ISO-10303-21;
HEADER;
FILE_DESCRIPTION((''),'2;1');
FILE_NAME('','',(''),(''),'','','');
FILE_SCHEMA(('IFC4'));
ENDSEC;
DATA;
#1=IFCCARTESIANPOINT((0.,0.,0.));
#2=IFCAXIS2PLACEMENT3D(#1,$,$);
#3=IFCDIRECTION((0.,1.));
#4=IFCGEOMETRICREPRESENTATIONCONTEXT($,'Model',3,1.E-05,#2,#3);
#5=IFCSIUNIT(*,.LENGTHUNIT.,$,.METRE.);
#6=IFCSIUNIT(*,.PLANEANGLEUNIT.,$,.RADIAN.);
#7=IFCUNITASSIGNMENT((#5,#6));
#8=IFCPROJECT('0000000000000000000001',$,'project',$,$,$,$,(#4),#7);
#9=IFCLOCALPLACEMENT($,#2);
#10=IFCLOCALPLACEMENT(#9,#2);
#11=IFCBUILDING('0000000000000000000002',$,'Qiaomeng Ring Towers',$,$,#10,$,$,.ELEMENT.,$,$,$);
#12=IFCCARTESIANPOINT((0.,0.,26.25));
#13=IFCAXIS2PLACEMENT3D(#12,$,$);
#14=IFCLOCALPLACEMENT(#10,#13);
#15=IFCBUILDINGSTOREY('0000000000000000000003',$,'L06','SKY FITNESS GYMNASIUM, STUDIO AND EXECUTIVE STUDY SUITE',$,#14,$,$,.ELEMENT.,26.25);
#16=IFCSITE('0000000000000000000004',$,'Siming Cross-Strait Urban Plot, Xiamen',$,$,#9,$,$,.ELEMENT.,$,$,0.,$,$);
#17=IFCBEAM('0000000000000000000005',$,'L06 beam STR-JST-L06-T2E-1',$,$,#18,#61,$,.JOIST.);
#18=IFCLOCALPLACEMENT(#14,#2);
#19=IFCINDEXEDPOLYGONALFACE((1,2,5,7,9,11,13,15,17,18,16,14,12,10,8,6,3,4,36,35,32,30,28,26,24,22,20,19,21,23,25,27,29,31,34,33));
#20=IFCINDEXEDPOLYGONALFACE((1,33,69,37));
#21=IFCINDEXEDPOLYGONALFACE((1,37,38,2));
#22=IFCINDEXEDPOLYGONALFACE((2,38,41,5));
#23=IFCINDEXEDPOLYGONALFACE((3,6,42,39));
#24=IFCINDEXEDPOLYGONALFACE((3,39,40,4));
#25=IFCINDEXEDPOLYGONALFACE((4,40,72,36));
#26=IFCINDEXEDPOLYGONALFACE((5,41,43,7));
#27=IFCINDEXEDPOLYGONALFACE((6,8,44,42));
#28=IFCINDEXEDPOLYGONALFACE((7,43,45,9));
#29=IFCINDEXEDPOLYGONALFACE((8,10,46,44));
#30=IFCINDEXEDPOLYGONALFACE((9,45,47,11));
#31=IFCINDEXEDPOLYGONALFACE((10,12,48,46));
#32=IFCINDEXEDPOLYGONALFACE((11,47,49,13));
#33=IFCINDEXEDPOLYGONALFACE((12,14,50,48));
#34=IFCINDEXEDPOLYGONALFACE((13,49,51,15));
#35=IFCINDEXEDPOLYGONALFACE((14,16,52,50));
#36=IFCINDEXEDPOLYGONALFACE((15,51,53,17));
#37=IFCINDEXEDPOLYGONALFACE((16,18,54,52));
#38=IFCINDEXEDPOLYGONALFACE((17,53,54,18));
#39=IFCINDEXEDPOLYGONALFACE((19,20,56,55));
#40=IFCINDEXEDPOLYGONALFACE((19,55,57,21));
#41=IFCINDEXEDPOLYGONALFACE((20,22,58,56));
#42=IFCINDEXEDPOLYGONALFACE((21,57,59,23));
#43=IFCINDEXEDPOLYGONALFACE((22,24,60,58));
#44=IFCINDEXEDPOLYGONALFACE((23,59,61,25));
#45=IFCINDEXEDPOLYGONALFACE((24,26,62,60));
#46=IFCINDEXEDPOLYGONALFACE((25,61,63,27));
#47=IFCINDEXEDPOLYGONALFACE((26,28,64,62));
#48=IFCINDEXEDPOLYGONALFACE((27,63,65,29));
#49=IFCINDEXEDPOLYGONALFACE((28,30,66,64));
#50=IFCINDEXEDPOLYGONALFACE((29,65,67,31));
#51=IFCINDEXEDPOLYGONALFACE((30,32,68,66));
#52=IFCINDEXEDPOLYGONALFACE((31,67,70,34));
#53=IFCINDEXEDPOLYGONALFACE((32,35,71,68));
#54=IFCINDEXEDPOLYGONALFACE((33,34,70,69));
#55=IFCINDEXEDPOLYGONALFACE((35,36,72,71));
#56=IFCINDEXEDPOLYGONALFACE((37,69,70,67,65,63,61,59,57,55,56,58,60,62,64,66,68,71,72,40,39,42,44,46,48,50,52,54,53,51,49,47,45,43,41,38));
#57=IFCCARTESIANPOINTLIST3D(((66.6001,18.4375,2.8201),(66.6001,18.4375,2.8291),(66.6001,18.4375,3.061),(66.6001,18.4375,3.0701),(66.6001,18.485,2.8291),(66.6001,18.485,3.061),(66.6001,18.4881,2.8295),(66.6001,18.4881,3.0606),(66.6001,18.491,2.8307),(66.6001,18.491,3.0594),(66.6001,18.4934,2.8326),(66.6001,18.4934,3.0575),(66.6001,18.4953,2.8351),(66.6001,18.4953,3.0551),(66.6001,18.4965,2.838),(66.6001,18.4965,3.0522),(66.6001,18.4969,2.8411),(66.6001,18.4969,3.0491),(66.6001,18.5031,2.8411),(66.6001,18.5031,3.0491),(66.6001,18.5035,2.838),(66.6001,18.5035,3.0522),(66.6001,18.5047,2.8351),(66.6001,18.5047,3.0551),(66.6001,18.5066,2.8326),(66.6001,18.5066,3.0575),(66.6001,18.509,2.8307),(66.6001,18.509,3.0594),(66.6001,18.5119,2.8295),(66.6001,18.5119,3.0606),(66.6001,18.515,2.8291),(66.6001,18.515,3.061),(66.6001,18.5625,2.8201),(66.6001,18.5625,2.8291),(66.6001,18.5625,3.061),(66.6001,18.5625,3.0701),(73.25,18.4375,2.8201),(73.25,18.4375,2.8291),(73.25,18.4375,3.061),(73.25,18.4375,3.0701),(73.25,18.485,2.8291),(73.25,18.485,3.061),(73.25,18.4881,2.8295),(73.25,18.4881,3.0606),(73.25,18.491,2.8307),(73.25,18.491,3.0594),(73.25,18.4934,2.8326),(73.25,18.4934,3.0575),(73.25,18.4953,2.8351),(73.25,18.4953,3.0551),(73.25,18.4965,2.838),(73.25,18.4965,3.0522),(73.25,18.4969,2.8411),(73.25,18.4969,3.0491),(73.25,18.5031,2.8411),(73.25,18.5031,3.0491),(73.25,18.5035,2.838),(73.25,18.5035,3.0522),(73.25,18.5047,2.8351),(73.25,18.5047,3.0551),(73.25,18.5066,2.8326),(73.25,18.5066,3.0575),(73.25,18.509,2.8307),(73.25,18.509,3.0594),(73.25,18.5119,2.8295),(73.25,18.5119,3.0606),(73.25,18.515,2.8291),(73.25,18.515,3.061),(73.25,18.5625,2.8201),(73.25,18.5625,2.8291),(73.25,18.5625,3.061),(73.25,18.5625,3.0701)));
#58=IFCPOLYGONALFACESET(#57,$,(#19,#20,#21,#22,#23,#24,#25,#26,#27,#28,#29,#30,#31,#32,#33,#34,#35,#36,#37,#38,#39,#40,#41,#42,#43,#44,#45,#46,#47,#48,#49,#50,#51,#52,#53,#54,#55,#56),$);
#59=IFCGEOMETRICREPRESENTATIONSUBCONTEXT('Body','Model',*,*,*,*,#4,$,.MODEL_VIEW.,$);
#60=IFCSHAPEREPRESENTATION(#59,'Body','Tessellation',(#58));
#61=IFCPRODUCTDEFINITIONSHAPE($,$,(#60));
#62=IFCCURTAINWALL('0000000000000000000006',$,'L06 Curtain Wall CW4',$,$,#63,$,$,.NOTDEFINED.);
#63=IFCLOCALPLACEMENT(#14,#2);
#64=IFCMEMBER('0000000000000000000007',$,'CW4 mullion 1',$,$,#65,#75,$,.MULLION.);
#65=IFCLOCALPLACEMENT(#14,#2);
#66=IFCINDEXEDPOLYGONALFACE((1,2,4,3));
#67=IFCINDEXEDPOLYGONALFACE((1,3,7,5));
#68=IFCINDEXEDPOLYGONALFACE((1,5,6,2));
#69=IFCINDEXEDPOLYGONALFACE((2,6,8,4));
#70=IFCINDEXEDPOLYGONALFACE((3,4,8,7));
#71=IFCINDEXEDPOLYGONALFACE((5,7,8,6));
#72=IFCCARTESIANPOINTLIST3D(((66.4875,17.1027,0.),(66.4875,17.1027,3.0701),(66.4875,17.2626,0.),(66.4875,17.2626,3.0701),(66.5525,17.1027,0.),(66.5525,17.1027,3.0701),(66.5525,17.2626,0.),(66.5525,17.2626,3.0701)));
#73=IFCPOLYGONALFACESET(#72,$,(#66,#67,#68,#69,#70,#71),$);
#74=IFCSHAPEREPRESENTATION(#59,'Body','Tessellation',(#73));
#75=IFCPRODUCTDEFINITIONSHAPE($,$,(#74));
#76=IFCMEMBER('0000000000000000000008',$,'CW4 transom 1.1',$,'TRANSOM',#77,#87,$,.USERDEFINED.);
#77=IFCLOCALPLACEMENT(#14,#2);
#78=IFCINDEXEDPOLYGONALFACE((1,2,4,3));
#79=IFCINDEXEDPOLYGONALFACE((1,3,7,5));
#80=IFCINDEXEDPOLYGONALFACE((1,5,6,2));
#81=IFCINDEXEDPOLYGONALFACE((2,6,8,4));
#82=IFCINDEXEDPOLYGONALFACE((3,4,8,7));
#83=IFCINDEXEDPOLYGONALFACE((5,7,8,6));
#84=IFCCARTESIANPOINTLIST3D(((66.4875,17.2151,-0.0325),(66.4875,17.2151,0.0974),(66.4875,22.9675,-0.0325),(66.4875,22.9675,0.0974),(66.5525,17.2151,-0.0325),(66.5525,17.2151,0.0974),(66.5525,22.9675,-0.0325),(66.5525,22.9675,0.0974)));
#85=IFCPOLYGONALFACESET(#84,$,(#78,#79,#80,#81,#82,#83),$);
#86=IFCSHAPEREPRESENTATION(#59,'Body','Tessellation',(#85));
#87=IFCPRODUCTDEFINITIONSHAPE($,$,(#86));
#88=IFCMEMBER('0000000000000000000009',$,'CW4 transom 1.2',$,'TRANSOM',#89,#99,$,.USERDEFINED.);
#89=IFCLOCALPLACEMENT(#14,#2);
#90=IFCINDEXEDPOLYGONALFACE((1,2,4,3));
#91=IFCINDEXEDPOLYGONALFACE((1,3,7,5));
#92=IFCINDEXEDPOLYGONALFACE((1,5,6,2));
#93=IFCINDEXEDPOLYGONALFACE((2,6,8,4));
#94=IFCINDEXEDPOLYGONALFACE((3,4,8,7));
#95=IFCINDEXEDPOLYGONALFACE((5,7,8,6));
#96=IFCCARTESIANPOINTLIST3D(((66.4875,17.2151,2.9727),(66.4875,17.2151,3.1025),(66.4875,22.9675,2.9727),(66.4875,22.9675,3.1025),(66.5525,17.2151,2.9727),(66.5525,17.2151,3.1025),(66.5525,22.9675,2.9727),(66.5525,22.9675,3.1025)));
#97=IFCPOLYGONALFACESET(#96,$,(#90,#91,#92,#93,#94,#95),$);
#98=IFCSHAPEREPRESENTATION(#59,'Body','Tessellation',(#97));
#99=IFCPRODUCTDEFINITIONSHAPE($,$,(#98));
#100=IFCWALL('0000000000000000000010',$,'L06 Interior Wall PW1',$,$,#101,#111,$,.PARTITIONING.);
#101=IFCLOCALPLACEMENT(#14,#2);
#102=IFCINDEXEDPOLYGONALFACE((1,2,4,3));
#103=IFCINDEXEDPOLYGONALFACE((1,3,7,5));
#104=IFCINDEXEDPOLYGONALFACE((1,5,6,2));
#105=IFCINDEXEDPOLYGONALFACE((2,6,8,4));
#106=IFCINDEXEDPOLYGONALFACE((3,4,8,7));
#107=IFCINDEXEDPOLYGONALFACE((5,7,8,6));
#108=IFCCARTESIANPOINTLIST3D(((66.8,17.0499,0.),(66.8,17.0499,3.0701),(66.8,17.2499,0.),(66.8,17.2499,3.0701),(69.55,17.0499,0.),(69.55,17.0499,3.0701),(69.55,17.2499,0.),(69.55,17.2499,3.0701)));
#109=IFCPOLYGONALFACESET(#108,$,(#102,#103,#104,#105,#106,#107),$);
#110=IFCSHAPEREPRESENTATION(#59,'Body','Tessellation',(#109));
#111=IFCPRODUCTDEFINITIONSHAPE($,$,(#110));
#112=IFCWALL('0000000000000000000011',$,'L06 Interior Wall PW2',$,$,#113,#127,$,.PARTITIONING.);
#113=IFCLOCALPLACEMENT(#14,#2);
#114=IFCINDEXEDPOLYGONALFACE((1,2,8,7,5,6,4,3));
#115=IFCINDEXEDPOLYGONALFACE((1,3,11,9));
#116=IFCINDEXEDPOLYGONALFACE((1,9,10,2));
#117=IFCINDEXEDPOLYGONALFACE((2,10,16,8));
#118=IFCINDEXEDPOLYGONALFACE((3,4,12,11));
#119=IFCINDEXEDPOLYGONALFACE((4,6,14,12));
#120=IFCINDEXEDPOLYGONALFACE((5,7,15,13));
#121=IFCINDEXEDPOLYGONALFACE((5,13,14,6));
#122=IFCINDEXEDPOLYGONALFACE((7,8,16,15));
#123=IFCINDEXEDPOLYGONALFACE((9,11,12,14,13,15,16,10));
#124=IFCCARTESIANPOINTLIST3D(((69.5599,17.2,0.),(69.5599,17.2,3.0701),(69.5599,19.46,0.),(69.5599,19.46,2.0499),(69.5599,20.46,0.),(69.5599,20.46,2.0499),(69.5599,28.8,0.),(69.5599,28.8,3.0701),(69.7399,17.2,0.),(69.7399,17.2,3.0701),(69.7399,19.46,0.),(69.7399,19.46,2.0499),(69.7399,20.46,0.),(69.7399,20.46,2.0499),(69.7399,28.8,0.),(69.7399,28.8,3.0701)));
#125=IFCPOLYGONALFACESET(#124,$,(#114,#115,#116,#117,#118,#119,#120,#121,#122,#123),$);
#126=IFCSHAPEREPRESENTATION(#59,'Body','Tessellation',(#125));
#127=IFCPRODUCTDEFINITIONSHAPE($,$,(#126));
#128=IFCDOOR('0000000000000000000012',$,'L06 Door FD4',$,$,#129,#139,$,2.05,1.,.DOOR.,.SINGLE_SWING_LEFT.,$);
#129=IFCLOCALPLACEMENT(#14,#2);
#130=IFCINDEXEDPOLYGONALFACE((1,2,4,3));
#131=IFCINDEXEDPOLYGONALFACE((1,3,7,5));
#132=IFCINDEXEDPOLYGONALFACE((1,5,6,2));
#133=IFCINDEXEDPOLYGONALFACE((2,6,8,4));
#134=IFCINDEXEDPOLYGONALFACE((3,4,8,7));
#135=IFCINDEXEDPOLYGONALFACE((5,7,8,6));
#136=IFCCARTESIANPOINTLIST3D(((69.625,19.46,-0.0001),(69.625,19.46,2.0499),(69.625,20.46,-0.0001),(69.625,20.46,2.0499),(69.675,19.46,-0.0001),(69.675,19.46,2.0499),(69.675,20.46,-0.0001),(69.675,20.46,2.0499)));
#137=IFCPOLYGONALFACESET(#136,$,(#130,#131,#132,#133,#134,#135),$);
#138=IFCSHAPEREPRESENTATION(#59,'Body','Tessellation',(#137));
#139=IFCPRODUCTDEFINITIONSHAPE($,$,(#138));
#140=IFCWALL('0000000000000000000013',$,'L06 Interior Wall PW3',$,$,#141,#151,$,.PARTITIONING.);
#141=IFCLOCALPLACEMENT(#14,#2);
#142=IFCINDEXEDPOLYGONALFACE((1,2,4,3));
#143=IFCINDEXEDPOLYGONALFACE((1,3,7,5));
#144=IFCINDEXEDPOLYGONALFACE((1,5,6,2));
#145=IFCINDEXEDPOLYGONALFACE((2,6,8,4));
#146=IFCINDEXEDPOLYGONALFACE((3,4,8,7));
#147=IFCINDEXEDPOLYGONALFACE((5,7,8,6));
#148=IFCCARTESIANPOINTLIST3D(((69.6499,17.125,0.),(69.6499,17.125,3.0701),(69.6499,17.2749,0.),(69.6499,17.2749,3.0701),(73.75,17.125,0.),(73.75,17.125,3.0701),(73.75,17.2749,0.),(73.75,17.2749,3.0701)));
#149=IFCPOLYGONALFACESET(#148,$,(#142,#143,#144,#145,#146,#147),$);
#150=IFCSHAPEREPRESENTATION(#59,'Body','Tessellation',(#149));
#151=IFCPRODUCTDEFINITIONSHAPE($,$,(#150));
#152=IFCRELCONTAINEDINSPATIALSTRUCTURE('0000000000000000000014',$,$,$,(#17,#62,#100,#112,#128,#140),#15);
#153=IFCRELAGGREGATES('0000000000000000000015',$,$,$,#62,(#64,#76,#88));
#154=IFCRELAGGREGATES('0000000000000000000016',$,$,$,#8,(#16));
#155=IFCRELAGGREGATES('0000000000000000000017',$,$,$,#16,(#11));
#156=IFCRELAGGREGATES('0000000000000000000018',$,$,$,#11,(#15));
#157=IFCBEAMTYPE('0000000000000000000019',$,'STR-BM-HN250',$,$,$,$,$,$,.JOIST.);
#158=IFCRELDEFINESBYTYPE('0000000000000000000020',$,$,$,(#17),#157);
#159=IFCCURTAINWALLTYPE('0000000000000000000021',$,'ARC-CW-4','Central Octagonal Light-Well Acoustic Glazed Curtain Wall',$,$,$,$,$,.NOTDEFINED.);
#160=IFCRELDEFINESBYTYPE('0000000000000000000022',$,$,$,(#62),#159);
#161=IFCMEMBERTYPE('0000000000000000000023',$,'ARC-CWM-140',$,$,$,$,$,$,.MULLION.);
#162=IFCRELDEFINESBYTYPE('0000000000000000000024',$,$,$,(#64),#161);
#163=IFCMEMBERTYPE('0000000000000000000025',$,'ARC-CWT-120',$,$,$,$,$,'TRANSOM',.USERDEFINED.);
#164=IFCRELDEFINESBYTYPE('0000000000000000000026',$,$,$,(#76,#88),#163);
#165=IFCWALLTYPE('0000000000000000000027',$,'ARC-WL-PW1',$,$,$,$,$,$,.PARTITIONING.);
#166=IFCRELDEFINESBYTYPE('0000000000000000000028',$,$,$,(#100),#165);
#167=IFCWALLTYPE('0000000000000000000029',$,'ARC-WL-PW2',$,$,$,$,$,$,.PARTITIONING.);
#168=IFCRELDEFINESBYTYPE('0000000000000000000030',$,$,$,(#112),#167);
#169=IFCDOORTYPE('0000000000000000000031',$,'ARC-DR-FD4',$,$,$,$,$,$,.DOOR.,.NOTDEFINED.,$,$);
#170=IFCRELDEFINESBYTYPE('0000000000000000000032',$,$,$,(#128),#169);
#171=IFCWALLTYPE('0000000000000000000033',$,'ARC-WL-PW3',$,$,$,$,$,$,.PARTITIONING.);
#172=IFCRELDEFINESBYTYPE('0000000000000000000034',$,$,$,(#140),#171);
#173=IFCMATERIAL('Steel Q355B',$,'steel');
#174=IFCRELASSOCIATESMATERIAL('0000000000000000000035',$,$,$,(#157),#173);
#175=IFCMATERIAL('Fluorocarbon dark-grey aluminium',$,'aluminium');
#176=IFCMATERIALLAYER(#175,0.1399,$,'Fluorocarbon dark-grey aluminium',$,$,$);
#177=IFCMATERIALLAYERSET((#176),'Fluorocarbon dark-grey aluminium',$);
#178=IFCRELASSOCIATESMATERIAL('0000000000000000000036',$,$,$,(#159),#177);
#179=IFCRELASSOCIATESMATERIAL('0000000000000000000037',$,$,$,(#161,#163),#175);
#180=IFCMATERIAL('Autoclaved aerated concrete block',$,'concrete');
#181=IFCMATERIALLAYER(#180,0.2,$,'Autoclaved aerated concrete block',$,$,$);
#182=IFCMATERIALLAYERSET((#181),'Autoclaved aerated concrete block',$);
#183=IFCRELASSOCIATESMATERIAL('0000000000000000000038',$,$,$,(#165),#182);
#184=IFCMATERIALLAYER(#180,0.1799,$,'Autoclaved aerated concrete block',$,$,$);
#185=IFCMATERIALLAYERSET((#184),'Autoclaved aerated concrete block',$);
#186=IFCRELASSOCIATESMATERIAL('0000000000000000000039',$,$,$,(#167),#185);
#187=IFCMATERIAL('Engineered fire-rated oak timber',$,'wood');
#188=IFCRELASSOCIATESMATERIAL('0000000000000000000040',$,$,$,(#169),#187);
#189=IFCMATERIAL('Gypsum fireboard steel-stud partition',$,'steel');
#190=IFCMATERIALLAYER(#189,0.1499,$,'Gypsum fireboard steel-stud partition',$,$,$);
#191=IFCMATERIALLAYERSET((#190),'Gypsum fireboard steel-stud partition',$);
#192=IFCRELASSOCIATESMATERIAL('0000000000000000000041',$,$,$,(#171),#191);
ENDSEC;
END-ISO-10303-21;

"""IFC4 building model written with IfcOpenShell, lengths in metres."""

from ifc_helpers import new_model, si_unit, direction, frame, frame_2d, origin, origin_2d, place, context, subcontext, project, spatial, rectangle, i_section, extrude, source, transform, mapped, material, layer, layer_set, material_profile, profile_set, type_object, element, fill, aggregate, save


model = new_model("IFC4")

# Units and contexts
model_context = context("Model", 3, precision=1e-05, world=origin(), true_north=direction((0.0, 1.0)))
body_context = subcontext(model_context, "Body", "Model", "MODEL_VIEW")
ifc_project = project(units=[si_unit("LENGTHUNIT", "METRE"), si_unit("PLANEANGLEUNIT", "RADIAN")], contexts=[model_context])

# Site, building, storey
site_placement = place(None, origin())
site = spatial("IfcSite", under=ifc_project, at=site_placement, Name="Siming Cross-Strait Urban Plot, Xiamen", CompositionType="ELEMENT", RefElevation=0.0)
building_placement = place(site_placement, origin())
building = spatial("IfcBuilding", under=site, at=building_placement, Name="Qiaomeng Ring Towers", CompositionType="ELEMENT")
storey_placement = place(building_placement, frame((0.0, 0.0, 26.25)))
storey = spatial("IfcBuildingStorey", under=building, at=storey_placement, Name="L06", Description="SKY FITNESS GYMNASIUM, STUDIO AND EXECUTIVE STUDY SUITE", CompositionType="ELEMENT", Elevation=26.25)

# Beam
ifc_material_1 = material(Name="Steel Q355B", Category="steel")
ifc_material_profile_1 = material_profile(ifc_material_1, i_section(OverallWidth=0.125, OverallDepth=0.25, WebThickness=0.0061, FlangeThickness=0.009, FilletRadius=0.012, at=origin_2d()), Name="HN 250x125x6x9")
ifc_profile_set_1 = profile_set([ifc_material_profile_1], Name="Steel Q355B")
beam_type_1 = type_object("IfcBeamType", Name="STR-BM-HN250", PredefinedType="JOIST", material=ifc_profile_set_1)
shared_shape_1 = source(origin(), body_context, "Body", "SweptSolid", [
    extrude(i_section(OverallWidth=0.125, OverallDepth=0.25, WebThickness=0.0061, FlangeThickness=0.009, FilletRadius=0.012, at=origin_2d()), origin(), (0.0, 0.0, 1.0), 6.6499),
])
beam_1_placement = place(storey_placement, frame((66.6001, 18.5, 2.9451), z_axis=(1.0, 0.0, 0.0), x_axis=(0.0, 1.0, 0.0)))
element("IfcBeam", 1, at=beam_1_placement, inside=storey, type_object=beam_type_1, Name="L06 beam STR-JST-L06-T2E-1", PredefinedType="JOIST", context=body_context, shape_type="MappedRepresentation", body=[
    mapped(shared_shape_1, transform((0.0, 0.0, 0.0), x_axis=(1.0, 0.0, 0.0), y_axis=(0.0, 1.0, 0.0), z_axis=(0.0, 0.0, 1.0), scale=1.0)),
])

# Curtain wall, members
ifc_material_2 = material(Name="Fluorocarbon dark-grey aluminium", Category="aluminium")
ifc_layer_1 = layer(ifc_material_2, 0.1399, Name="Fluorocarbon dark-grey aluminium")
ifc_layer_set_1 = layer_set([ifc_layer_1], Name="Fluorocarbon dark-grey aluminium")
curtain_wall_type = type_object("IfcCurtainWallType", Name="ARC-CW-4", Description="Central Octagonal Light-Well Acoustic Glazed Curtain Wall", PredefinedType="NOTDEFINED", material=ifc_layer_set_1)
curtain_wall_placement = place(storey_placement, origin())
curtain_wall = element("IfcCurtainWall", 2, at=curtain_wall_placement, inside=storey, type_object=curtain_wall_type, Name="L06 Curtain Wall CW4", PredefinedType="NOTDEFINED")
ifc_material_profile_2 = material_profile(ifc_material_2, rectangle(XDim=0.0649, YDim=0.1599, at=origin_2d()), Name="ALU MULL 65x160")
ifc_profile_set_2 = profile_set([ifc_material_profile_2], Name="Fluorocarbon dark-grey aluminium")
member_type_1 = type_object("IfcMemberType", Name="ARC-CWM-140", PredefinedType="MULLION", material=ifc_profile_set_2)
shared_shape_2 = source(origin(), body_context, "Body", "SweptSolid", [
    extrude(rectangle(XDim=0.0649, YDim=0.1599, at=origin_2d()), origin(), (0.0, 0.0, 1.0), 3.0701),
])
member_1_placement = place(storey_placement, frame((66.52, 17.1826, 0.0), z_axis=(0.0, 0.0, 1.0), x_axis=(-1.0, 0.0, 0.0)))
member_1 = element("IfcMember", 3, at=member_1_placement, type_object=member_type_1, Name="CW4 mullion 1", PredefinedType="MULLION", context=body_context, shape_type="MappedRepresentation", body=[
    mapped(shared_shape_2, transform((0.0, 0.0, 0.0), x_axis=(1.0, 0.0, 0.0), y_axis=(0.0, 1.0, 0.0), z_axis=(0.0, 0.0, 1.0), scale=1.0)),
])
ifc_material_profile_3 = material_profile(ifc_material_2, rectangle(XDim=0.0649, YDim=0.1299, at=origin_2d()), Name="ALU TRAN 65x130")
ifc_profile_set_3 = profile_set([ifc_material_profile_3], Name="Fluorocarbon dark-grey aluminium")
member_type_2 = type_object("IfcMemberType", Name="ARC-CWT-120", ElementType="TRANSOM", PredefinedType="USERDEFINED", material=ifc_profile_set_3)
shared_shape_3 = source(origin(), body_context, "Body", "SweptSolid", [
    extrude(rectangle(XDim=0.0649, YDim=0.1299, at=origin_2d()), origin(), (0.0, 0.0, 1.0), 5.7524),
])
member_2_placement = place(storey_placement, frame((66.52, 17.2151, 0.0325), z_axis=(0.0, 1.0, 0.0), x_axis=(-1.0, 0.0, 0.0)))
member_2 = element("IfcMember", 4, at=member_2_placement, type_object=member_type_2, Name="CW4 transom 1.1", ObjectType="TRANSOM", PredefinedType="USERDEFINED", context=body_context, shape_type="MappedRepresentation", body=[
    mapped(shared_shape_3, transform((0.0, 0.0, 0.0), x_axis=(1.0, 0.0, 0.0), y_axis=(0.0, 1.0, 0.0), z_axis=(0.0, 0.0, 1.0), scale=1.0)),
])
member_3_placement = place(storey_placement, frame((66.52, 17.2151, 3.0376), z_axis=(0.0, 1.0, 0.0), x_axis=(-1.0, 0.0, 0.0)))
member_3 = element("IfcMember", 5, at=member_3_placement, type_object=member_type_2, Name="CW4 transom 1.2", ObjectType="TRANSOM", PredefinedType="USERDEFINED", context=body_context, shape_type="MappedRepresentation", body=[
    mapped(shared_shape_3, transform((0.0, 0.0, 0.0), x_axis=(1.0, 0.0, 0.0), y_axis=(0.0, 1.0, 0.0), z_axis=(0.0, 0.0, 1.0), scale=1.0)),
])
aggregate(curtain_wall, [member_1, member_2, member_3])

# Wall
ifc_material_3 = material(Name="Autoclaved aerated concrete block", Category="concrete")
ifc_layer_2 = layer(ifc_material_3, 0.2, Name="Autoclaved aerated concrete block")
ifc_layer_set_2 = layer_set([ifc_layer_2], Name="Autoclaved aerated concrete block")
wall_type_1 = type_object("IfcWallType", Name="ARC-WL-PW1", PredefinedType="PARTITIONING", material=ifc_layer_set_2)
wall_1_placement = place(storey_placement, frame((66.8, 17.1499, 0.0), z_axis=(0.0, 0.0, 1.0), x_axis=(1.0, 0.0, 0.0)))
element("IfcWall", 6, at=wall_1_placement, inside=storey, type_object=wall_type_1, Name="L06 Interior Wall PW1", PredefinedType="PARTITIONING", context=body_context, shape_type="SweptSolid", body=[
    extrude(rectangle(XDim=2.75, YDim=0.2, at=frame_2d((1.375, 0.0))), origin(), (0.0, 0.0, 1.0), 3.0701),
])

# Wall, opening, door
ifc_layer_3 = layer(ifc_material_3, 0.1799, Name="Autoclaved aerated concrete block")
ifc_layer_set_3 = layer_set([ifc_layer_3], Name="Autoclaved aerated concrete block")
wall_type_2 = type_object("IfcWallType", Name="ARC-WL-PW2", PredefinedType="PARTITIONING", material=ifc_layer_set_3)
wall_2_placement = place(storey_placement, frame((69.6499, 17.2, 0.0), z_axis=(0.0, 0.0, 1.0), x_axis=(0.0, 1.0, 0.0)))
wall_2 = element("IfcWall", 7, at=wall_2_placement, inside=storey, type_object=wall_type_2, Name="L06 Interior Wall PW2", PredefinedType="PARTITIONING", context=body_context, shape_type="SweptSolid", body=[
    extrude(rectangle(XDim=11.6001, YDim=0.1799, at=frame_2d((5.8, 0.0))), origin(), (0.0, 0.0, 1.0), 3.0701),
])
opening_1_placement = place(wall_2_placement, frame((2.26, 0.0, 0.0)))
opening_1 = element("IfcOpeningElement", 8, at=opening_1_placement, cuts=wall_2, PredefinedType="OPENING", context=body_context, shape_type="SweptSolid", body=[
    extrude(rectangle(XDim=1.0, YDim=2.05, at=frame_2d((0.5, 1.0249))), frame((0.0, 0.0999, 0.0), z_axis=(0.0, -1.0, 0.0), x_axis=(1.0, 0.0, 0.0)), (0.0, 0.0, 1.0), 0.2),
])
ifc_material_4 = material(Name="Engineered fire-rated oak timber", Category="wood")
door_type_1 = type_object("IfcDoorType", Name="ARC-DR-FD4", OperationType="NOTDEFINED", PredefinedType="DOOR", material=ifc_material_4)
shared_shape_4 = source(origin(), body_context, "Body", "SweptSolid", [
    extrude(rectangle(XDim=1.0, YDim=2.05, at=frame_2d((0.5, 1.0249))), frame((0.0, 0.0249, 0.0), z_axis=(0.0, -1.0, 0.0), x_axis=(1.0, 0.0, 0.0)), (0.0, 0.0, 1.0), 0.05),
])
door_1_placement = place(opening_1_placement, origin())
door_1 = element("IfcDoor", 9, at=door_1_placement, inside=storey, type_object=door_type_1, Name="L06 Door FD4", OperationType="SINGLE_SWING_LEFT", OverallHeight=2.05, OverallWidth=1.0, PredefinedType="DOOR", context=body_context, shape_type="MappedRepresentation", body=[
    mapped(shared_shape_4, transform((0.0, 0.0, 0.0), x_axis=(1.0, 0.0, 0.0), y_axis=(0.0, 1.0, 0.0), z_axis=(0.0, 0.0, 1.0), scale=1.0)),
])
fill(opening_1, door_1)

# Wall
ifc_material_5 = material(Name="Gypsum fireboard steel-stud partition", Category="steel")
ifc_layer_4 = layer(ifc_material_5, 0.1499, Name="Gypsum fireboard steel-stud partition")
ifc_layer_set_4 = layer_set([ifc_layer_4], Name="Gypsum fireboard steel-stud partition")
wall_type_3 = type_object("IfcWallType", Name="ARC-WL-PW3", PredefinedType="PARTITIONING", material=ifc_layer_set_4)
wall_3_placement = place(storey_placement, frame((69.6499, 17.2, 0.0), z_axis=(0.0, 0.0, 1.0), x_axis=(1.0, 0.0, 0.0)))
element("IfcWall", 10, at=wall_3_placement, inside=storey, type_object=wall_type_3, Name="L06 Interior Wall PW3", PredefinedType="PARTITIONING", context=body_context, shape_type="SweptSolid", body=[
    extrude(rectangle(XDim=4.1001, YDim=0.1499, at=frame_2d((2.05, 0.0))), origin(), (0.0, 0.0, 1.0), 3.0701),
])

save(model, "model.ifc")
